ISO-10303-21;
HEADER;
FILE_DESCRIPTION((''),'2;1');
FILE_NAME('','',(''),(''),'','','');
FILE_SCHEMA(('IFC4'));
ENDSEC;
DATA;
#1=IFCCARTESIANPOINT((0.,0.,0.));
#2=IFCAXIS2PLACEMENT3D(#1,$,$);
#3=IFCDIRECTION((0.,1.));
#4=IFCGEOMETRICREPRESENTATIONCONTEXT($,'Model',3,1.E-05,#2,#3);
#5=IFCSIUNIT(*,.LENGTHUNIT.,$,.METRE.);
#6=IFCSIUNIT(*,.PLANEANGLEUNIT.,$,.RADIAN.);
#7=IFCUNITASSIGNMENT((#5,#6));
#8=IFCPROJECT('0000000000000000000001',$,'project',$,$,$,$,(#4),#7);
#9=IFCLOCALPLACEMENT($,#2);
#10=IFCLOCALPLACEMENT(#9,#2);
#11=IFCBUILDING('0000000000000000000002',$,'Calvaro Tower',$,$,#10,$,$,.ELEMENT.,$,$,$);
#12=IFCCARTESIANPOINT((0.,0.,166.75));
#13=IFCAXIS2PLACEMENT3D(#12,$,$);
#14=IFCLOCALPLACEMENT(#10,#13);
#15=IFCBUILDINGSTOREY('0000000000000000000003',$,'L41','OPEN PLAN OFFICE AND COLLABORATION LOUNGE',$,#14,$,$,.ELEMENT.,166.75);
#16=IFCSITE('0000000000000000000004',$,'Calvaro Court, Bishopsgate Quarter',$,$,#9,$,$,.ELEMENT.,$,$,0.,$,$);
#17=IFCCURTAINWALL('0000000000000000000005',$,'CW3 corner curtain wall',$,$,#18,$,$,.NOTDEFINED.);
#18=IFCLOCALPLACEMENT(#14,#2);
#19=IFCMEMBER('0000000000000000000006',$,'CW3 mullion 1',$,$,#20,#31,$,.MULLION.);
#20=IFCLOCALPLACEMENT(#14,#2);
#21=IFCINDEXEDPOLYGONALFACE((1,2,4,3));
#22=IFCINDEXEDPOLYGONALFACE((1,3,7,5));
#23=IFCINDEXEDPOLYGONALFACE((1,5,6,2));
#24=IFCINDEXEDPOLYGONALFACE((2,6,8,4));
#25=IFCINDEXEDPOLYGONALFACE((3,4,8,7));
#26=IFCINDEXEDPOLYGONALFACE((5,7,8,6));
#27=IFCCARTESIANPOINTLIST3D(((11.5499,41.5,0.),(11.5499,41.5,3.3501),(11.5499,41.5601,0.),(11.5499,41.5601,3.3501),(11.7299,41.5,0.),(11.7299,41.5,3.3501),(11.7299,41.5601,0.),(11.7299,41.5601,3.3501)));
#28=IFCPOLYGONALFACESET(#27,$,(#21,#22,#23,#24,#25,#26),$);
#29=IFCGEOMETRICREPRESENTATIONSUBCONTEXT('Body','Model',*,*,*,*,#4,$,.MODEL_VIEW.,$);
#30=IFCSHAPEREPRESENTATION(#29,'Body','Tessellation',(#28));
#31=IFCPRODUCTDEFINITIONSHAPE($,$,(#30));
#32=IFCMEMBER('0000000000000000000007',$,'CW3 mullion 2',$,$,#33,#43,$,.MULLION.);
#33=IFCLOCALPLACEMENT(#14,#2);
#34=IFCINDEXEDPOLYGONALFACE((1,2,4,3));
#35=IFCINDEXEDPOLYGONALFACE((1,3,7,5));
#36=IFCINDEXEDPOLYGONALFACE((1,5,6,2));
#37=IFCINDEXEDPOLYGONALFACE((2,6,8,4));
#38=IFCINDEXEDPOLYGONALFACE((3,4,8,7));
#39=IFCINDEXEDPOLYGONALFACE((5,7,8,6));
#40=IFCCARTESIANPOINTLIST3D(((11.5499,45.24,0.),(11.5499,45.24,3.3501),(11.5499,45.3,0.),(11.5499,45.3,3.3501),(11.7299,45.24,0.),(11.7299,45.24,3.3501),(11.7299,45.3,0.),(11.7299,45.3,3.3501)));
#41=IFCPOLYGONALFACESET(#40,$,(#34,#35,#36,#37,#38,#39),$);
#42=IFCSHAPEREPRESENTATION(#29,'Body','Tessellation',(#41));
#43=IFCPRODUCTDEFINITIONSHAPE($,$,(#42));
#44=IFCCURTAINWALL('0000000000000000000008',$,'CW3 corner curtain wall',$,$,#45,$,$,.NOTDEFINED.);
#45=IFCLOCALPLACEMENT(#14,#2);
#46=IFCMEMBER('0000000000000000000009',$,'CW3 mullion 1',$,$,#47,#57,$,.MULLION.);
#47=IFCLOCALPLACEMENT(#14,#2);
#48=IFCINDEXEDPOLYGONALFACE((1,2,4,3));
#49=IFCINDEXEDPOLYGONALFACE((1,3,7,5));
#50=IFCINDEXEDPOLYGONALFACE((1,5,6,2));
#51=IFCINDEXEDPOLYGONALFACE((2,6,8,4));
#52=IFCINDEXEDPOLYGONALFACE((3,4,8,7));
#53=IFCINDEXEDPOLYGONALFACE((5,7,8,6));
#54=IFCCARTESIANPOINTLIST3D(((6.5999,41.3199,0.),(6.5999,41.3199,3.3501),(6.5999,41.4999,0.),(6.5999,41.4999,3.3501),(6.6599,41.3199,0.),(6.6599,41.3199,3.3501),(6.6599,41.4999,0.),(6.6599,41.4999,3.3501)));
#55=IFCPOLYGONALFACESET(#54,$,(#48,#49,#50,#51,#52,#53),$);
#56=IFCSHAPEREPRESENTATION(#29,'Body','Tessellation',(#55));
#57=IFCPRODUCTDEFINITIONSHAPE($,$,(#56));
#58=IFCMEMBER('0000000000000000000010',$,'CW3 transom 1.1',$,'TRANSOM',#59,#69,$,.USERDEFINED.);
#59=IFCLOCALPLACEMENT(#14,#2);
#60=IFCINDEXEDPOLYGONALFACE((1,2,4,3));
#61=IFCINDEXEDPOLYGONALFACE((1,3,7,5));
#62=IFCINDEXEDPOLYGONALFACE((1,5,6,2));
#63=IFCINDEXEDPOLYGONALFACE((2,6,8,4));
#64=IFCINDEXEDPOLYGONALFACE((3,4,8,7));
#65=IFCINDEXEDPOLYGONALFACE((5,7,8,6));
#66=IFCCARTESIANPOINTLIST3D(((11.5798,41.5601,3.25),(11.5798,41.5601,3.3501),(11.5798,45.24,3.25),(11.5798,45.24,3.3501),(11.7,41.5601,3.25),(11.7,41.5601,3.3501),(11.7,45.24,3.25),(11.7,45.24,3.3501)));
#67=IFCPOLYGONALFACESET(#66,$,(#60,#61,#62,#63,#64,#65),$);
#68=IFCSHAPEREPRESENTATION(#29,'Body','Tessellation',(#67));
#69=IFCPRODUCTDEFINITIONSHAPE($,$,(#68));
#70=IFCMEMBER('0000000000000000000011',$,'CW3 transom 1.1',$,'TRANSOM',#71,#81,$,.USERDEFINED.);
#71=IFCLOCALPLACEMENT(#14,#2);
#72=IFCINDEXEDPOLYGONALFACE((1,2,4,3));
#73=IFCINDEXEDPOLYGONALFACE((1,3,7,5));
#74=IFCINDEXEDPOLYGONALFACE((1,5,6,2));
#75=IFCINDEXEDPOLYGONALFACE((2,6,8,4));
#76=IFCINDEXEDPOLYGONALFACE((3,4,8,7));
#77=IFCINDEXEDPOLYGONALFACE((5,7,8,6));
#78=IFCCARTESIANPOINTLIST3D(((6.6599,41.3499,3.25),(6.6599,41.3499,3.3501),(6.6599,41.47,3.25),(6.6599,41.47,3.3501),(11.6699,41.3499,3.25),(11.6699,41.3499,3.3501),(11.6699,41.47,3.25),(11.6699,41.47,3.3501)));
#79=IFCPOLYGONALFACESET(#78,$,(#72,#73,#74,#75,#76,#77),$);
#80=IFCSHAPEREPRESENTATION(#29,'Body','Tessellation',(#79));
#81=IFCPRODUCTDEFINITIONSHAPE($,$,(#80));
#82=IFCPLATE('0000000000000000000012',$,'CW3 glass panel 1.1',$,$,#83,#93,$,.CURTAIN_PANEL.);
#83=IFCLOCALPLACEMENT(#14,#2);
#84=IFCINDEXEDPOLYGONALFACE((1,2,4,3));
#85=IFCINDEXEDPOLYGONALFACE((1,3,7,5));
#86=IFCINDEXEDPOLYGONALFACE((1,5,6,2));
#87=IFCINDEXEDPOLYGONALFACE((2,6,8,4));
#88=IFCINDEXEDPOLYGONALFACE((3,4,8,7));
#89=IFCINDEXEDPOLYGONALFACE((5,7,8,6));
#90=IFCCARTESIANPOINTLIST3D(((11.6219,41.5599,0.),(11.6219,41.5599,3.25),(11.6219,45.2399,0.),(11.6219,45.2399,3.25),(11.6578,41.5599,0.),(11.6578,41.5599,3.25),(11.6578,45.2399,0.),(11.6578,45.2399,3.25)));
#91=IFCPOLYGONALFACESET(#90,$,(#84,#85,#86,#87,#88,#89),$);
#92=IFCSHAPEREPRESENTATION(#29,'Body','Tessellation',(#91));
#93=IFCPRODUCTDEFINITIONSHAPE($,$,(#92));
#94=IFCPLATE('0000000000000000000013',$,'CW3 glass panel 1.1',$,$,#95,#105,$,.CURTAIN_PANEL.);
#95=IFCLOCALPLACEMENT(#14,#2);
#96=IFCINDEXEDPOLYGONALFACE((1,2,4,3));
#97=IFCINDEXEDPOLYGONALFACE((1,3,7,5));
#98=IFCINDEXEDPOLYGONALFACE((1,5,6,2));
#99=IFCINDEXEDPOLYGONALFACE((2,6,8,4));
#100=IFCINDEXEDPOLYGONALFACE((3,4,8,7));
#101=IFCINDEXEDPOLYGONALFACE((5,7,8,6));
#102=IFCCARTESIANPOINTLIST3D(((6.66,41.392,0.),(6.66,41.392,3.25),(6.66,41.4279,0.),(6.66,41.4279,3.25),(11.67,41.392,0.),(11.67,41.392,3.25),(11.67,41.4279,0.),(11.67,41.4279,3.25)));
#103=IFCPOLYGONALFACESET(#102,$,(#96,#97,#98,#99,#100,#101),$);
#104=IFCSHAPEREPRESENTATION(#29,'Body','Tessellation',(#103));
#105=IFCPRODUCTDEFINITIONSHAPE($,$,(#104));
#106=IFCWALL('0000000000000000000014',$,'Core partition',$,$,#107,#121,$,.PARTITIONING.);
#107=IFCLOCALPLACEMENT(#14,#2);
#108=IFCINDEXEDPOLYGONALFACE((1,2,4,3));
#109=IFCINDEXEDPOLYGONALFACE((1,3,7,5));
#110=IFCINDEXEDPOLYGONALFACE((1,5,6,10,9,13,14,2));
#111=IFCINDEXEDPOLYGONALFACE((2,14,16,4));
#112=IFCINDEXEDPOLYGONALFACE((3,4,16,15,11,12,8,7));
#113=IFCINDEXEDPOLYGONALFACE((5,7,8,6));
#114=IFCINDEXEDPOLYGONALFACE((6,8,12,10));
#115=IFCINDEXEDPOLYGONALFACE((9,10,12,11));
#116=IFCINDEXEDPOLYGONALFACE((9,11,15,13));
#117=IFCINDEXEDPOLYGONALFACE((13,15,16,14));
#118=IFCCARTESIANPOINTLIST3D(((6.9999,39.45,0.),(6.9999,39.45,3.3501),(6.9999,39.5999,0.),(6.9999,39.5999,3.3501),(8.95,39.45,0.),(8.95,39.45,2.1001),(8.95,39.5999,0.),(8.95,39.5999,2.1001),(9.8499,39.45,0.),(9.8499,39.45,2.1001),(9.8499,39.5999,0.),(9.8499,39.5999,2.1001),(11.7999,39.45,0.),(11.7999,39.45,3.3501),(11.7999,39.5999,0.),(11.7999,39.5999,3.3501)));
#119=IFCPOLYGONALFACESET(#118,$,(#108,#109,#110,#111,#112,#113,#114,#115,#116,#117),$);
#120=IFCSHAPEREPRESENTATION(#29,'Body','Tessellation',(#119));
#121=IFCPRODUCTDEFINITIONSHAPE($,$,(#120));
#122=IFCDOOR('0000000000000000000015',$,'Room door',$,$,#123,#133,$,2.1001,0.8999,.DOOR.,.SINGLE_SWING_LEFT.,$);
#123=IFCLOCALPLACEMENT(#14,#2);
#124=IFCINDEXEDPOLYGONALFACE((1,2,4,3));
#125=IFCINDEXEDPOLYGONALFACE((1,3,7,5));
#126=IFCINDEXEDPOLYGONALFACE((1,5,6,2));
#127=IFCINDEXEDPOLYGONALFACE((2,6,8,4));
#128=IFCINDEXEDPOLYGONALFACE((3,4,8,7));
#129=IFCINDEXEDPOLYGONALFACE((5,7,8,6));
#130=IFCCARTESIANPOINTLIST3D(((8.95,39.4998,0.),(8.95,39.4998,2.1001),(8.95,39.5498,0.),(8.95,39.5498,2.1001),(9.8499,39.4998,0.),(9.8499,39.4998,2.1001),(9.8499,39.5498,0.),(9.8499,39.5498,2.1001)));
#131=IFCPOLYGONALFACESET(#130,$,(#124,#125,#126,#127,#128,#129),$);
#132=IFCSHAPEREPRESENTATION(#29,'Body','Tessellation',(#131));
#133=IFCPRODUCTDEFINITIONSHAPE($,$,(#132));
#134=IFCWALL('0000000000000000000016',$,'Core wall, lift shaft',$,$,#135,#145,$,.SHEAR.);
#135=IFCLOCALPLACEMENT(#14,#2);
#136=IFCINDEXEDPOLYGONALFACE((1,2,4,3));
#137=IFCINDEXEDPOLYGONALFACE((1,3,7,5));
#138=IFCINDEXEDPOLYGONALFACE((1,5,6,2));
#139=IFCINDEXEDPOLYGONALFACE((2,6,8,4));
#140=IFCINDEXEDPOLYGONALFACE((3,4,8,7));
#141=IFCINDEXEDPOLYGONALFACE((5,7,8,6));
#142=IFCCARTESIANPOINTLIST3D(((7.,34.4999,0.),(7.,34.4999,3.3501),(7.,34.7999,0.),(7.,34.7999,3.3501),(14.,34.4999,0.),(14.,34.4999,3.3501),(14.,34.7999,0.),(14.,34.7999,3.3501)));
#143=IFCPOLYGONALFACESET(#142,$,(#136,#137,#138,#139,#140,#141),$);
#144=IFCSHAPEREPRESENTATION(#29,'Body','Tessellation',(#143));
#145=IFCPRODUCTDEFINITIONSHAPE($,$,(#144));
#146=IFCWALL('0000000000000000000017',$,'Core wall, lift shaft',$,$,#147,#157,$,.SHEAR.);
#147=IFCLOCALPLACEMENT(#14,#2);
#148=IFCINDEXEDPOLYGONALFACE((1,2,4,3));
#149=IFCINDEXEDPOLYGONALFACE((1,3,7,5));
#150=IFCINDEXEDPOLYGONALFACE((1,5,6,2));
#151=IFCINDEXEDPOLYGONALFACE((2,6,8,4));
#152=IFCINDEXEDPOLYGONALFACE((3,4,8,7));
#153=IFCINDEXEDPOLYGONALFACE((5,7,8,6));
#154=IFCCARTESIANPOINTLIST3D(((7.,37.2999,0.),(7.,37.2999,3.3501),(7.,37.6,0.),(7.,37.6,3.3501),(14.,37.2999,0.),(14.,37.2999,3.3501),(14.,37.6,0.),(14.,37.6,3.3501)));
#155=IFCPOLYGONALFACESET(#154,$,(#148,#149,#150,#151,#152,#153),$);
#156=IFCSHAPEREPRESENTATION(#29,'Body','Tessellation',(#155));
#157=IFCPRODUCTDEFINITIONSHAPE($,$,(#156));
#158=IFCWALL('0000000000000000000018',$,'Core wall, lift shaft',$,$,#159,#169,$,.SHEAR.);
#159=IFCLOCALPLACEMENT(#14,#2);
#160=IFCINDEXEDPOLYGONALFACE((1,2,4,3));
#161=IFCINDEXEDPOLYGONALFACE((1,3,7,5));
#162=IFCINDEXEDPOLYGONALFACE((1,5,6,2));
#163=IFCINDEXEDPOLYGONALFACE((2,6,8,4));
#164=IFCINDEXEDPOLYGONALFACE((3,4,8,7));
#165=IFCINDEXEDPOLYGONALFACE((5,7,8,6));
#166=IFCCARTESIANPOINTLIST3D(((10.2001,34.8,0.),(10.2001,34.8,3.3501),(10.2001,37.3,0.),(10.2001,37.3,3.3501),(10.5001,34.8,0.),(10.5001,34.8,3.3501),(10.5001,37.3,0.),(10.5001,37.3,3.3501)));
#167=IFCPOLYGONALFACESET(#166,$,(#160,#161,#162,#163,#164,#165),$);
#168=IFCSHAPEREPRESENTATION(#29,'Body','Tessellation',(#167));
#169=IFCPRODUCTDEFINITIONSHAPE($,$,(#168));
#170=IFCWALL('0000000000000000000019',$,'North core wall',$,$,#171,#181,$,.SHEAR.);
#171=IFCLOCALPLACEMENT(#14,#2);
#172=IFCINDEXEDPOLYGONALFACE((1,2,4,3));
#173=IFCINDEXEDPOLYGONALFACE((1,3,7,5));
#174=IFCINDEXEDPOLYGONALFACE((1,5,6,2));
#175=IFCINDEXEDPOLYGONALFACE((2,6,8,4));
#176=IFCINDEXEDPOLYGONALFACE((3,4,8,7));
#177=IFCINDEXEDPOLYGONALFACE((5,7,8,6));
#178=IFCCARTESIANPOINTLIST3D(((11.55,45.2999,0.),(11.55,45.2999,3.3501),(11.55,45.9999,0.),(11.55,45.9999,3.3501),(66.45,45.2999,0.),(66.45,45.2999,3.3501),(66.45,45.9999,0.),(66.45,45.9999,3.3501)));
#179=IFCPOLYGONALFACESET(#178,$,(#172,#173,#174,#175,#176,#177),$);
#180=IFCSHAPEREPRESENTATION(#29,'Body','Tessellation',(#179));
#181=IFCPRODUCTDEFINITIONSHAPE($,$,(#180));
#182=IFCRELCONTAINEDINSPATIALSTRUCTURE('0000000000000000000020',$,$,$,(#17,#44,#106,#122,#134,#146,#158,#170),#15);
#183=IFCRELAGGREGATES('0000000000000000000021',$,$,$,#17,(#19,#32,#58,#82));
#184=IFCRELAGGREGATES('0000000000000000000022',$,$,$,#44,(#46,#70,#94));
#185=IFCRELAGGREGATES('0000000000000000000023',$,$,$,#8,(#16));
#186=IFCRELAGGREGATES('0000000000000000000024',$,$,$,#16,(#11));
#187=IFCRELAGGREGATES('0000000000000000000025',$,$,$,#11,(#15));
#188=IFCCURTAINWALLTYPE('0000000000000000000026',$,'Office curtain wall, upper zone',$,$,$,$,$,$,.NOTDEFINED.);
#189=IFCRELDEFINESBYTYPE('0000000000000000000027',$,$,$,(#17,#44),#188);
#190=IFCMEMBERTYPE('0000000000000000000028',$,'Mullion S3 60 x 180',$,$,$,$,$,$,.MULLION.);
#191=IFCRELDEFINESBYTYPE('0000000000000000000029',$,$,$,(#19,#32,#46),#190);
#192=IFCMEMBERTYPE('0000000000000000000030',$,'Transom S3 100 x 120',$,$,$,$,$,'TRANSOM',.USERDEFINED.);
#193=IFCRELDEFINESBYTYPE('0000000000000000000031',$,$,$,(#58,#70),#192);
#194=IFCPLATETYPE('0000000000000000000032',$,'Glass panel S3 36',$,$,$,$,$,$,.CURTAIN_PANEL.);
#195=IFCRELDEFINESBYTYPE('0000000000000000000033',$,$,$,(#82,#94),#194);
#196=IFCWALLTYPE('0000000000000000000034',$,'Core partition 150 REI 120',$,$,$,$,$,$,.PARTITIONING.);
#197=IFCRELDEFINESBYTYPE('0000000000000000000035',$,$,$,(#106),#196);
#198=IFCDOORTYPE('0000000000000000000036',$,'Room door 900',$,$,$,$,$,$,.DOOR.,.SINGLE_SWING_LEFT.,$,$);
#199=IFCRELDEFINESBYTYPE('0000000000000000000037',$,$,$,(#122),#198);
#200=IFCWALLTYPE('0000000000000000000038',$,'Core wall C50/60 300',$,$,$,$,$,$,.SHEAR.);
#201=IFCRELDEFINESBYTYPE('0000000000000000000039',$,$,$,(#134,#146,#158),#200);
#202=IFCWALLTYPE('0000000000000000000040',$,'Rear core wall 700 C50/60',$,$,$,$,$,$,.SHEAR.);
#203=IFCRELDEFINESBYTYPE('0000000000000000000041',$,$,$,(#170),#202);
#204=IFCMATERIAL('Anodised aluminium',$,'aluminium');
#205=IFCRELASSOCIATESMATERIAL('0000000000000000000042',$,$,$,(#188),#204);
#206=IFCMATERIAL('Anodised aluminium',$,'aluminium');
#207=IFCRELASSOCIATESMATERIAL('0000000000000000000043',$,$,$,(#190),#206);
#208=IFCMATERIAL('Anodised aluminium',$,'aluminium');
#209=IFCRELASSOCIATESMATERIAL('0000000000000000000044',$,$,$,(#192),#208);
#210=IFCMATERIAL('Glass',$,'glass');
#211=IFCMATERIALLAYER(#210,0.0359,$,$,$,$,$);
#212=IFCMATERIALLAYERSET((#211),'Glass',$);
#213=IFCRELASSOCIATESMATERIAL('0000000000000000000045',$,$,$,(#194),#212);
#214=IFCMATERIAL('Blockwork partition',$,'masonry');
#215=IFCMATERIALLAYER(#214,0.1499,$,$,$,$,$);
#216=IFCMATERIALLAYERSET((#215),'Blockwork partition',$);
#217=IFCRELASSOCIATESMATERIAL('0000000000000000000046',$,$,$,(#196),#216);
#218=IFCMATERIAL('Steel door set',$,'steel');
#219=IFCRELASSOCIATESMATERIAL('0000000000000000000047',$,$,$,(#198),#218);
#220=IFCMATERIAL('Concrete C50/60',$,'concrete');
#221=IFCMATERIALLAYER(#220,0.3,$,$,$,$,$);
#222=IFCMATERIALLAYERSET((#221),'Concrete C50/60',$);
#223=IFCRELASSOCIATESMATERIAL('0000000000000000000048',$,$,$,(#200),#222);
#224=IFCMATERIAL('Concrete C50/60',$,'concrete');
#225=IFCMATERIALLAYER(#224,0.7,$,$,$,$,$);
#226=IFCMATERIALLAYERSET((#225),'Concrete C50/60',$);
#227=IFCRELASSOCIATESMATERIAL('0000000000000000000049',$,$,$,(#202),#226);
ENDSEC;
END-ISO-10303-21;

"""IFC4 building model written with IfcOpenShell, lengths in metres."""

from ifc_helpers import new_model, si_unit, direction, frame, frame_2d, origin, origin_2d, place, context, subcontext, project, spatial, rectangle, extrude, material, layer, layer_set, material_profile, profile_set, type_object, element, fill, aggregate, save


model = new_model("IFC4")

# Units and contexts
model_context = context("Model", 3, precision=1e-05, world=origin(), true_north=direction((0.0, 1.0)))
body_context = subcontext(model_context, "Body", "Model", "MODEL_VIEW")
ifc_project = project(units=[si_unit("LENGTHUNIT", "METRE"), si_unit("PLANEANGLEUNIT", "RADIAN")], contexts=[model_context])

# Site, building, storey
site_placement = place(None, origin())
site = spatial("IfcSite", under=ifc_project, at=site_placement, Name="Calvaro Court, Bishopsgate Quarter", CompositionType="ELEMENT", RefElevation=0.0)
building_placement = place(site_placement, origin())
building = spatial("IfcBuilding", under=site, at=building_placement, Name="Calvaro Tower", CompositionType="ELEMENT")
storey_placement = place(building_placement, frame((0.0, 0.0, 166.75)))
storey = spatial("IfcBuildingStorey", under=building, at=storey_placement, Name="L41", Description="OPEN PLAN OFFICE AND COLLABORATION LOUNGE", CompositionType="ELEMENT", Elevation=166.75)

# Curtain wall, members
ifc_material_1 = material(Name="Anodised aluminium", Category="aluminium")
curtain_wall_type = type_object("IfcCurtainWallType", Name="Office curtain wall, upper zone", PredefinedType="NOTDEFINED", material=ifc_material_1)
curtain_wall_1_placement = place(storey_placement, origin())
curtain_wall_1 = element("IfcCurtainWall", 1, at=curtain_wall_1_placement, inside=storey, type_object=curtain_wall_type, Name="CW3 corner curtain wall", PredefinedType="NOTDEFINED")
ifc_material_2 = material(Name="Anodised aluminium", Category="aluminium")
ifc_material_profile_1 = material_profile(ifc_material_2, rectangle(XDim=0.1799, YDim=0.0601, at=origin_2d()), Name="Mullion S3 60 x 180")
ifc_profile_set_1 = profile_set([ifc_material_profile_1], Name="Anodised aluminium")
member_type_1 = type_object("IfcMemberType", Name="Mullion S3 60 x 180", PredefinedType="MULLION", material=ifc_profile_set_1)
member_1_placement = place(storey_placement, frame((11.6399, 41.53, 0.0), z_axis=(0.0, 0.0, 1.0), x_axis=(-1.0, 0.0, 0.0)))
member_1 = element("IfcMember", 2, at=member_1_placement, type_object=member_type_1, Name="CW3 mullion 1", PredefinedType="MULLION", context=body_context, shape_type="SweptSolid", body=[
    extrude(rectangle(XDim=0.1799, YDim=0.0601, at=origin_2d()), origin(), (0.0, 0.0, 1.0), 3.3501),
])
member_2_placement = place(storey_placement, frame((11.6399, 45.27, 0.0), z_axis=(0.0, 0.0, 1.0), x_axis=(-1.0, 0.0, 0.0)))
member_2 = element("IfcMember", 3, at=member_2_placement, type_object=member_type_1, Name="CW3 mullion 2", PredefinedType="MULLION", context=body_context, shape_type="SweptSolid", body=[
    extrude(rectangle(XDim=0.1799, YDim=0.0601, at=origin_2d()), origin(), (0.0, 0.0, 1.0), 3.3501),
])

# Curtain wall, member
curtain_wall_2_placement = place(storey_placement, origin())
curtain_wall_2 = element("IfcCurtainWall", 4, at=curtain_wall_2_placement, inside=storey, type_object=curtain_wall_type, Name="CW3 corner curtain wall", PredefinedType="NOTDEFINED")
member_3_placement = place(storey_placement, frame((6.6299, 41.4099, 0.0), z_axis=(0.0, 0.0, 1.0), x_axis=(0.0, 1.0, 0.0)))
member_3 = element("IfcMember", 5, at=member_3_placement, type_object=member_type_1, Name="CW3 mullion 1", PredefinedType="MULLION", context=body_context, shape_type="SweptSolid", body=[
    extrude(rectangle(XDim=0.1799, YDim=0.0601, at=origin_2d()), origin(), (0.0, 0.0, 1.0), 3.3501),
])

# Members
ifc_material_3 = material(Name="Anodised aluminium", Category="aluminium")
ifc_material_profile_2 = material_profile(ifc_material_3, rectangle(XDim=0.1201, YDim=0.1001, at=origin_2d()), Name="Transom S3 100 x 120")
ifc_profile_set_2 = profile_set([ifc_material_profile_2], Name="Anodised aluminium")
member_type_2 = type_object("IfcMemberType", Name="Transom S3 100 x 120", ElementType="TRANSOM", PredefinedType="USERDEFINED", material=ifc_profile_set_2)
member_4_placement = place(storey_placement, frame((11.6399, 41.5601, 3.3), z_axis=(0.0, 1.0, 0.0), x_axis=(-1.0, 0.0, 0.0)))
member_4 = element("IfcMember", 6, at=member_4_placement, type_object=member_type_2, Name="CW3 transom 1.1", ObjectType="TRANSOM", PredefinedType="USERDEFINED", context=body_context, shape_type="SweptSolid", body=[
    extrude(rectangle(XDim=0.1201, YDim=0.1001, at=origin_2d()), origin(), (0.0, 0.0, 1.0), 3.6799),
])
member_5_placement = place(storey_placement, frame((6.6599, 41.4099, 3.3), z_axis=(1.0, 0.0, 0.0), x_axis=(0.0, 1.0, 0.0)))
member_5 = element("IfcMember", 7, at=member_5_placement, type_object=member_type_2, Name="CW3 transom 1.1", ObjectType="TRANSOM", PredefinedType="USERDEFINED", context=body_context, shape_type="SweptSolid", body=[
    extrude(rectangle(XDim=0.1201, YDim=0.1001, at=origin_2d()), origin(), (0.0, 0.0, 1.0), 5.01),
])

# Plates
ifc_material_4 = material(Name="Glass", Category="glass")
ifc_layer_1 = layer(ifc_material_4, 0.0359)
ifc_layer_set_1 = layer_set([ifc_layer_1], Name="Glass")
plate_type = type_object("IfcPlateType", Name="Glass panel S3 36", PredefinedType="CURTAIN_PANEL", material=ifc_layer_set_1)
plate_1_placement = place(storey_placement, frame((11.6399, 43.3999, 0.0), z_axis=(0.0, 0.0, 1.0), x_axis=(0.0, 1.0, 0.0)))
plate_1 = element("IfcPlate", 8, at=plate_1_placement, type_object=plate_type, Name="CW3 glass panel 1.1", PredefinedType="CURTAIN_PANEL", context=body_context, shape_type="SweptSolid", body=[
    extrude(rectangle(XDim=3.6799, YDim=0.0359, at=origin_2d()), origin(), (0.0, 0.0, 1.0), 3.25),
])
aggregate(curtain_wall_1, [member_1, member_2, member_4, plate_1])
plate_2_placement = place(storey_placement, frame((9.165, 41.4099, 0.0), z_axis=(0.0, 0.0, 1.0), x_axis=(1.0, 0.0, 0.0)))
plate_2 = element("IfcPlate", 9, at=plate_2_placement, type_object=plate_type, Name="CW3 glass panel 1.1", PredefinedType="CURTAIN_PANEL", context=body_context, shape_type="SweptSolid", body=[
    extrude(rectangle(XDim=5.01, YDim=0.0359, at=origin_2d()), origin(), (0.0, 0.0, 1.0), 3.25),
])
aggregate(curtain_wall_2, [member_3, member_5, plate_2])

# Wall, opening, door
ifc_material_5 = material(Name="Blockwork partition", Category="masonry")
ifc_layer_2 = layer(ifc_material_5, 0.1499)
ifc_layer_set_2 = layer_set([ifc_layer_2], Name="Blockwork partition")
wall_type_1 = type_object("IfcWallType", Name="Core partition 150 REI 120", PredefinedType="PARTITIONING", material=ifc_layer_set_2)
wall_1_placement = place(storey_placement, frame((7.0, 39.5249, 0.0), z_axis=(0.0, 0.0, 1.0), x_axis=(1.0, 0.0, 0.0)))
wall_1 = element("IfcWall", 10, at=wall_1_placement, inside=storey, type_object=wall_type_1, Name="Core partition", PredefinedType="PARTITIONING", context=body_context, shape_type="SweptSolid", body=[
    extrude(rectangle(XDim=4.8, YDim=0.1499, at=frame_2d((2.3999, 0.0))), origin(), (0.0, 0.0, 1.0), 3.3501),
])
opening_placement = place(wall_1_placement, frame((1.95, 0.0, 0.0)))
opening = element("IfcOpeningElement", 11, at=opening_placement, cuts=wall_1, PredefinedType="OPENING", context=body_context, shape_type="SweptSolid", body=[
    extrude(rectangle(XDim=0.8999, YDim=2.1001, at=frame_2d((0.45, 1.05))), frame((0.0, 0.085, 0.0), z_axis=(0.0, -1.0, 0.0), x_axis=(1.0, 0.0, 0.0)), (0.0, 0.0, 1.0), 0.1699),
])
ifc_material_6 = material(Name="Steel door set", Category="steel")
door_type = type_object("IfcDoorType", Name="Room door 900", OperationType="SINGLE_SWING_LEFT", PredefinedType="DOOR", material=ifc_material_6)
door_placement = place(opening_placement, origin())
door = element("IfcDoor", 12, at=door_placement, inside=storey, type_object=door_type, Name="Room door", OperationType="SINGLE_SWING_LEFT", OverallHeight=2.1001, OverallWidth=0.8999, PredefinedType="DOOR", context=body_context, shape_type="SweptSolid", body=[
    extrude(rectangle(XDim=0.8999, YDim=2.1001, at=frame_2d((0.45, 1.05))), frame((0.0, 0.0249, 0.0), z_axis=(0.0, -1.0, 0.0), x_axis=(1.0, 0.0, 0.0)), (0.0, 0.0, 1.0), 0.05),
])
fill(opening, door)

# Walls
ifc_material_7 = material(Name="Concrete C50/60", Category="concrete")
ifc_layer_3 = layer(ifc_material_7, 0.3)
ifc_layer_set_3 = layer_set([ifc_layer_3], Name="Concrete C50/60")
wall_type_2 = type_object("IfcWallType", Name="Core wall C50/60 300", PredefinedType="SHEAR", material=ifc_layer_set_3)
for number, where, z_axis, x_axis, name in (
    (13, (7.0, 34.6499, 0.0), (0.0, 0.0, 1.0), (1.0, 0.0, 0.0), "Core wall, lift shaft"),
    (14, (7.0, 37.45, 0.0), (0.0, 0.0, 1.0), (1.0, 0.0, 0.0), "Core wall, lift shaft"),
):
    element("IfcWall", number, at=place(storey_placement, frame(where, z_axis=z_axis, x_axis=x_axis)), inside=storey, type_object=wall_type_2, Name=name, PredefinedType="SHEAR", context=body_context, shape_type="SweptSolid", body=[
        extrude(rectangle(XDim=7.0, YDim=0.3, at=frame_2d((3.5, 0.0))), origin(), (0.0, 0.0, 1.0), 3.3501),
    ])
wall_2_placement = place(storey_placement, frame((10.3501, 34.8, 0.0), z_axis=(0.0, 0.0, 1.0), x_axis=(0.0, 1.0, 0.0)))
element("IfcWall", 15, at=wall_2_placement, inside=storey, type_object=wall_type_2, Name="Core wall, lift shaft", PredefinedType="SHEAR", context=body_context, shape_type="SweptSolid", body=[
    extrude(rectangle(XDim=2.5, YDim=0.3, at=frame_2d((1.25, 0.0))), origin(), (0.0, 0.0, 1.0), 3.3501),
])
ifc_material_8 = material(Name="Concrete C50/60", Category="concrete")
ifc_layer_4 = layer(ifc_material_8, 0.7)
ifc_layer_set_4 = layer_set([ifc_layer_4], Name="Concrete C50/60")
wall_type_3 = type_object("IfcWallType", Name="Rear core wall 700 C50/60", PredefinedType="SHEAR", material=ifc_layer_set_4)
wall_3_placement = place(storey_placement, frame((11.55, 45.6499, 0.0), z_axis=(0.0, 0.0, 1.0), x_axis=(1.0, 0.0, 0.0)))
element("IfcWall", 16, at=wall_3_placement, inside=storey, type_object=wall_type_3, Name="North core wall", PredefinedType="SHEAR", context=body_context, shape_type="SweptSolid", body=[
    extrude(rectangle(XDim=54.8999, YDim=0.7, at=frame_2d((27.45, 0.0))), origin(), (0.0, 0.0, 1.0), 3.3501),
])

save(model, "model.ifc")
